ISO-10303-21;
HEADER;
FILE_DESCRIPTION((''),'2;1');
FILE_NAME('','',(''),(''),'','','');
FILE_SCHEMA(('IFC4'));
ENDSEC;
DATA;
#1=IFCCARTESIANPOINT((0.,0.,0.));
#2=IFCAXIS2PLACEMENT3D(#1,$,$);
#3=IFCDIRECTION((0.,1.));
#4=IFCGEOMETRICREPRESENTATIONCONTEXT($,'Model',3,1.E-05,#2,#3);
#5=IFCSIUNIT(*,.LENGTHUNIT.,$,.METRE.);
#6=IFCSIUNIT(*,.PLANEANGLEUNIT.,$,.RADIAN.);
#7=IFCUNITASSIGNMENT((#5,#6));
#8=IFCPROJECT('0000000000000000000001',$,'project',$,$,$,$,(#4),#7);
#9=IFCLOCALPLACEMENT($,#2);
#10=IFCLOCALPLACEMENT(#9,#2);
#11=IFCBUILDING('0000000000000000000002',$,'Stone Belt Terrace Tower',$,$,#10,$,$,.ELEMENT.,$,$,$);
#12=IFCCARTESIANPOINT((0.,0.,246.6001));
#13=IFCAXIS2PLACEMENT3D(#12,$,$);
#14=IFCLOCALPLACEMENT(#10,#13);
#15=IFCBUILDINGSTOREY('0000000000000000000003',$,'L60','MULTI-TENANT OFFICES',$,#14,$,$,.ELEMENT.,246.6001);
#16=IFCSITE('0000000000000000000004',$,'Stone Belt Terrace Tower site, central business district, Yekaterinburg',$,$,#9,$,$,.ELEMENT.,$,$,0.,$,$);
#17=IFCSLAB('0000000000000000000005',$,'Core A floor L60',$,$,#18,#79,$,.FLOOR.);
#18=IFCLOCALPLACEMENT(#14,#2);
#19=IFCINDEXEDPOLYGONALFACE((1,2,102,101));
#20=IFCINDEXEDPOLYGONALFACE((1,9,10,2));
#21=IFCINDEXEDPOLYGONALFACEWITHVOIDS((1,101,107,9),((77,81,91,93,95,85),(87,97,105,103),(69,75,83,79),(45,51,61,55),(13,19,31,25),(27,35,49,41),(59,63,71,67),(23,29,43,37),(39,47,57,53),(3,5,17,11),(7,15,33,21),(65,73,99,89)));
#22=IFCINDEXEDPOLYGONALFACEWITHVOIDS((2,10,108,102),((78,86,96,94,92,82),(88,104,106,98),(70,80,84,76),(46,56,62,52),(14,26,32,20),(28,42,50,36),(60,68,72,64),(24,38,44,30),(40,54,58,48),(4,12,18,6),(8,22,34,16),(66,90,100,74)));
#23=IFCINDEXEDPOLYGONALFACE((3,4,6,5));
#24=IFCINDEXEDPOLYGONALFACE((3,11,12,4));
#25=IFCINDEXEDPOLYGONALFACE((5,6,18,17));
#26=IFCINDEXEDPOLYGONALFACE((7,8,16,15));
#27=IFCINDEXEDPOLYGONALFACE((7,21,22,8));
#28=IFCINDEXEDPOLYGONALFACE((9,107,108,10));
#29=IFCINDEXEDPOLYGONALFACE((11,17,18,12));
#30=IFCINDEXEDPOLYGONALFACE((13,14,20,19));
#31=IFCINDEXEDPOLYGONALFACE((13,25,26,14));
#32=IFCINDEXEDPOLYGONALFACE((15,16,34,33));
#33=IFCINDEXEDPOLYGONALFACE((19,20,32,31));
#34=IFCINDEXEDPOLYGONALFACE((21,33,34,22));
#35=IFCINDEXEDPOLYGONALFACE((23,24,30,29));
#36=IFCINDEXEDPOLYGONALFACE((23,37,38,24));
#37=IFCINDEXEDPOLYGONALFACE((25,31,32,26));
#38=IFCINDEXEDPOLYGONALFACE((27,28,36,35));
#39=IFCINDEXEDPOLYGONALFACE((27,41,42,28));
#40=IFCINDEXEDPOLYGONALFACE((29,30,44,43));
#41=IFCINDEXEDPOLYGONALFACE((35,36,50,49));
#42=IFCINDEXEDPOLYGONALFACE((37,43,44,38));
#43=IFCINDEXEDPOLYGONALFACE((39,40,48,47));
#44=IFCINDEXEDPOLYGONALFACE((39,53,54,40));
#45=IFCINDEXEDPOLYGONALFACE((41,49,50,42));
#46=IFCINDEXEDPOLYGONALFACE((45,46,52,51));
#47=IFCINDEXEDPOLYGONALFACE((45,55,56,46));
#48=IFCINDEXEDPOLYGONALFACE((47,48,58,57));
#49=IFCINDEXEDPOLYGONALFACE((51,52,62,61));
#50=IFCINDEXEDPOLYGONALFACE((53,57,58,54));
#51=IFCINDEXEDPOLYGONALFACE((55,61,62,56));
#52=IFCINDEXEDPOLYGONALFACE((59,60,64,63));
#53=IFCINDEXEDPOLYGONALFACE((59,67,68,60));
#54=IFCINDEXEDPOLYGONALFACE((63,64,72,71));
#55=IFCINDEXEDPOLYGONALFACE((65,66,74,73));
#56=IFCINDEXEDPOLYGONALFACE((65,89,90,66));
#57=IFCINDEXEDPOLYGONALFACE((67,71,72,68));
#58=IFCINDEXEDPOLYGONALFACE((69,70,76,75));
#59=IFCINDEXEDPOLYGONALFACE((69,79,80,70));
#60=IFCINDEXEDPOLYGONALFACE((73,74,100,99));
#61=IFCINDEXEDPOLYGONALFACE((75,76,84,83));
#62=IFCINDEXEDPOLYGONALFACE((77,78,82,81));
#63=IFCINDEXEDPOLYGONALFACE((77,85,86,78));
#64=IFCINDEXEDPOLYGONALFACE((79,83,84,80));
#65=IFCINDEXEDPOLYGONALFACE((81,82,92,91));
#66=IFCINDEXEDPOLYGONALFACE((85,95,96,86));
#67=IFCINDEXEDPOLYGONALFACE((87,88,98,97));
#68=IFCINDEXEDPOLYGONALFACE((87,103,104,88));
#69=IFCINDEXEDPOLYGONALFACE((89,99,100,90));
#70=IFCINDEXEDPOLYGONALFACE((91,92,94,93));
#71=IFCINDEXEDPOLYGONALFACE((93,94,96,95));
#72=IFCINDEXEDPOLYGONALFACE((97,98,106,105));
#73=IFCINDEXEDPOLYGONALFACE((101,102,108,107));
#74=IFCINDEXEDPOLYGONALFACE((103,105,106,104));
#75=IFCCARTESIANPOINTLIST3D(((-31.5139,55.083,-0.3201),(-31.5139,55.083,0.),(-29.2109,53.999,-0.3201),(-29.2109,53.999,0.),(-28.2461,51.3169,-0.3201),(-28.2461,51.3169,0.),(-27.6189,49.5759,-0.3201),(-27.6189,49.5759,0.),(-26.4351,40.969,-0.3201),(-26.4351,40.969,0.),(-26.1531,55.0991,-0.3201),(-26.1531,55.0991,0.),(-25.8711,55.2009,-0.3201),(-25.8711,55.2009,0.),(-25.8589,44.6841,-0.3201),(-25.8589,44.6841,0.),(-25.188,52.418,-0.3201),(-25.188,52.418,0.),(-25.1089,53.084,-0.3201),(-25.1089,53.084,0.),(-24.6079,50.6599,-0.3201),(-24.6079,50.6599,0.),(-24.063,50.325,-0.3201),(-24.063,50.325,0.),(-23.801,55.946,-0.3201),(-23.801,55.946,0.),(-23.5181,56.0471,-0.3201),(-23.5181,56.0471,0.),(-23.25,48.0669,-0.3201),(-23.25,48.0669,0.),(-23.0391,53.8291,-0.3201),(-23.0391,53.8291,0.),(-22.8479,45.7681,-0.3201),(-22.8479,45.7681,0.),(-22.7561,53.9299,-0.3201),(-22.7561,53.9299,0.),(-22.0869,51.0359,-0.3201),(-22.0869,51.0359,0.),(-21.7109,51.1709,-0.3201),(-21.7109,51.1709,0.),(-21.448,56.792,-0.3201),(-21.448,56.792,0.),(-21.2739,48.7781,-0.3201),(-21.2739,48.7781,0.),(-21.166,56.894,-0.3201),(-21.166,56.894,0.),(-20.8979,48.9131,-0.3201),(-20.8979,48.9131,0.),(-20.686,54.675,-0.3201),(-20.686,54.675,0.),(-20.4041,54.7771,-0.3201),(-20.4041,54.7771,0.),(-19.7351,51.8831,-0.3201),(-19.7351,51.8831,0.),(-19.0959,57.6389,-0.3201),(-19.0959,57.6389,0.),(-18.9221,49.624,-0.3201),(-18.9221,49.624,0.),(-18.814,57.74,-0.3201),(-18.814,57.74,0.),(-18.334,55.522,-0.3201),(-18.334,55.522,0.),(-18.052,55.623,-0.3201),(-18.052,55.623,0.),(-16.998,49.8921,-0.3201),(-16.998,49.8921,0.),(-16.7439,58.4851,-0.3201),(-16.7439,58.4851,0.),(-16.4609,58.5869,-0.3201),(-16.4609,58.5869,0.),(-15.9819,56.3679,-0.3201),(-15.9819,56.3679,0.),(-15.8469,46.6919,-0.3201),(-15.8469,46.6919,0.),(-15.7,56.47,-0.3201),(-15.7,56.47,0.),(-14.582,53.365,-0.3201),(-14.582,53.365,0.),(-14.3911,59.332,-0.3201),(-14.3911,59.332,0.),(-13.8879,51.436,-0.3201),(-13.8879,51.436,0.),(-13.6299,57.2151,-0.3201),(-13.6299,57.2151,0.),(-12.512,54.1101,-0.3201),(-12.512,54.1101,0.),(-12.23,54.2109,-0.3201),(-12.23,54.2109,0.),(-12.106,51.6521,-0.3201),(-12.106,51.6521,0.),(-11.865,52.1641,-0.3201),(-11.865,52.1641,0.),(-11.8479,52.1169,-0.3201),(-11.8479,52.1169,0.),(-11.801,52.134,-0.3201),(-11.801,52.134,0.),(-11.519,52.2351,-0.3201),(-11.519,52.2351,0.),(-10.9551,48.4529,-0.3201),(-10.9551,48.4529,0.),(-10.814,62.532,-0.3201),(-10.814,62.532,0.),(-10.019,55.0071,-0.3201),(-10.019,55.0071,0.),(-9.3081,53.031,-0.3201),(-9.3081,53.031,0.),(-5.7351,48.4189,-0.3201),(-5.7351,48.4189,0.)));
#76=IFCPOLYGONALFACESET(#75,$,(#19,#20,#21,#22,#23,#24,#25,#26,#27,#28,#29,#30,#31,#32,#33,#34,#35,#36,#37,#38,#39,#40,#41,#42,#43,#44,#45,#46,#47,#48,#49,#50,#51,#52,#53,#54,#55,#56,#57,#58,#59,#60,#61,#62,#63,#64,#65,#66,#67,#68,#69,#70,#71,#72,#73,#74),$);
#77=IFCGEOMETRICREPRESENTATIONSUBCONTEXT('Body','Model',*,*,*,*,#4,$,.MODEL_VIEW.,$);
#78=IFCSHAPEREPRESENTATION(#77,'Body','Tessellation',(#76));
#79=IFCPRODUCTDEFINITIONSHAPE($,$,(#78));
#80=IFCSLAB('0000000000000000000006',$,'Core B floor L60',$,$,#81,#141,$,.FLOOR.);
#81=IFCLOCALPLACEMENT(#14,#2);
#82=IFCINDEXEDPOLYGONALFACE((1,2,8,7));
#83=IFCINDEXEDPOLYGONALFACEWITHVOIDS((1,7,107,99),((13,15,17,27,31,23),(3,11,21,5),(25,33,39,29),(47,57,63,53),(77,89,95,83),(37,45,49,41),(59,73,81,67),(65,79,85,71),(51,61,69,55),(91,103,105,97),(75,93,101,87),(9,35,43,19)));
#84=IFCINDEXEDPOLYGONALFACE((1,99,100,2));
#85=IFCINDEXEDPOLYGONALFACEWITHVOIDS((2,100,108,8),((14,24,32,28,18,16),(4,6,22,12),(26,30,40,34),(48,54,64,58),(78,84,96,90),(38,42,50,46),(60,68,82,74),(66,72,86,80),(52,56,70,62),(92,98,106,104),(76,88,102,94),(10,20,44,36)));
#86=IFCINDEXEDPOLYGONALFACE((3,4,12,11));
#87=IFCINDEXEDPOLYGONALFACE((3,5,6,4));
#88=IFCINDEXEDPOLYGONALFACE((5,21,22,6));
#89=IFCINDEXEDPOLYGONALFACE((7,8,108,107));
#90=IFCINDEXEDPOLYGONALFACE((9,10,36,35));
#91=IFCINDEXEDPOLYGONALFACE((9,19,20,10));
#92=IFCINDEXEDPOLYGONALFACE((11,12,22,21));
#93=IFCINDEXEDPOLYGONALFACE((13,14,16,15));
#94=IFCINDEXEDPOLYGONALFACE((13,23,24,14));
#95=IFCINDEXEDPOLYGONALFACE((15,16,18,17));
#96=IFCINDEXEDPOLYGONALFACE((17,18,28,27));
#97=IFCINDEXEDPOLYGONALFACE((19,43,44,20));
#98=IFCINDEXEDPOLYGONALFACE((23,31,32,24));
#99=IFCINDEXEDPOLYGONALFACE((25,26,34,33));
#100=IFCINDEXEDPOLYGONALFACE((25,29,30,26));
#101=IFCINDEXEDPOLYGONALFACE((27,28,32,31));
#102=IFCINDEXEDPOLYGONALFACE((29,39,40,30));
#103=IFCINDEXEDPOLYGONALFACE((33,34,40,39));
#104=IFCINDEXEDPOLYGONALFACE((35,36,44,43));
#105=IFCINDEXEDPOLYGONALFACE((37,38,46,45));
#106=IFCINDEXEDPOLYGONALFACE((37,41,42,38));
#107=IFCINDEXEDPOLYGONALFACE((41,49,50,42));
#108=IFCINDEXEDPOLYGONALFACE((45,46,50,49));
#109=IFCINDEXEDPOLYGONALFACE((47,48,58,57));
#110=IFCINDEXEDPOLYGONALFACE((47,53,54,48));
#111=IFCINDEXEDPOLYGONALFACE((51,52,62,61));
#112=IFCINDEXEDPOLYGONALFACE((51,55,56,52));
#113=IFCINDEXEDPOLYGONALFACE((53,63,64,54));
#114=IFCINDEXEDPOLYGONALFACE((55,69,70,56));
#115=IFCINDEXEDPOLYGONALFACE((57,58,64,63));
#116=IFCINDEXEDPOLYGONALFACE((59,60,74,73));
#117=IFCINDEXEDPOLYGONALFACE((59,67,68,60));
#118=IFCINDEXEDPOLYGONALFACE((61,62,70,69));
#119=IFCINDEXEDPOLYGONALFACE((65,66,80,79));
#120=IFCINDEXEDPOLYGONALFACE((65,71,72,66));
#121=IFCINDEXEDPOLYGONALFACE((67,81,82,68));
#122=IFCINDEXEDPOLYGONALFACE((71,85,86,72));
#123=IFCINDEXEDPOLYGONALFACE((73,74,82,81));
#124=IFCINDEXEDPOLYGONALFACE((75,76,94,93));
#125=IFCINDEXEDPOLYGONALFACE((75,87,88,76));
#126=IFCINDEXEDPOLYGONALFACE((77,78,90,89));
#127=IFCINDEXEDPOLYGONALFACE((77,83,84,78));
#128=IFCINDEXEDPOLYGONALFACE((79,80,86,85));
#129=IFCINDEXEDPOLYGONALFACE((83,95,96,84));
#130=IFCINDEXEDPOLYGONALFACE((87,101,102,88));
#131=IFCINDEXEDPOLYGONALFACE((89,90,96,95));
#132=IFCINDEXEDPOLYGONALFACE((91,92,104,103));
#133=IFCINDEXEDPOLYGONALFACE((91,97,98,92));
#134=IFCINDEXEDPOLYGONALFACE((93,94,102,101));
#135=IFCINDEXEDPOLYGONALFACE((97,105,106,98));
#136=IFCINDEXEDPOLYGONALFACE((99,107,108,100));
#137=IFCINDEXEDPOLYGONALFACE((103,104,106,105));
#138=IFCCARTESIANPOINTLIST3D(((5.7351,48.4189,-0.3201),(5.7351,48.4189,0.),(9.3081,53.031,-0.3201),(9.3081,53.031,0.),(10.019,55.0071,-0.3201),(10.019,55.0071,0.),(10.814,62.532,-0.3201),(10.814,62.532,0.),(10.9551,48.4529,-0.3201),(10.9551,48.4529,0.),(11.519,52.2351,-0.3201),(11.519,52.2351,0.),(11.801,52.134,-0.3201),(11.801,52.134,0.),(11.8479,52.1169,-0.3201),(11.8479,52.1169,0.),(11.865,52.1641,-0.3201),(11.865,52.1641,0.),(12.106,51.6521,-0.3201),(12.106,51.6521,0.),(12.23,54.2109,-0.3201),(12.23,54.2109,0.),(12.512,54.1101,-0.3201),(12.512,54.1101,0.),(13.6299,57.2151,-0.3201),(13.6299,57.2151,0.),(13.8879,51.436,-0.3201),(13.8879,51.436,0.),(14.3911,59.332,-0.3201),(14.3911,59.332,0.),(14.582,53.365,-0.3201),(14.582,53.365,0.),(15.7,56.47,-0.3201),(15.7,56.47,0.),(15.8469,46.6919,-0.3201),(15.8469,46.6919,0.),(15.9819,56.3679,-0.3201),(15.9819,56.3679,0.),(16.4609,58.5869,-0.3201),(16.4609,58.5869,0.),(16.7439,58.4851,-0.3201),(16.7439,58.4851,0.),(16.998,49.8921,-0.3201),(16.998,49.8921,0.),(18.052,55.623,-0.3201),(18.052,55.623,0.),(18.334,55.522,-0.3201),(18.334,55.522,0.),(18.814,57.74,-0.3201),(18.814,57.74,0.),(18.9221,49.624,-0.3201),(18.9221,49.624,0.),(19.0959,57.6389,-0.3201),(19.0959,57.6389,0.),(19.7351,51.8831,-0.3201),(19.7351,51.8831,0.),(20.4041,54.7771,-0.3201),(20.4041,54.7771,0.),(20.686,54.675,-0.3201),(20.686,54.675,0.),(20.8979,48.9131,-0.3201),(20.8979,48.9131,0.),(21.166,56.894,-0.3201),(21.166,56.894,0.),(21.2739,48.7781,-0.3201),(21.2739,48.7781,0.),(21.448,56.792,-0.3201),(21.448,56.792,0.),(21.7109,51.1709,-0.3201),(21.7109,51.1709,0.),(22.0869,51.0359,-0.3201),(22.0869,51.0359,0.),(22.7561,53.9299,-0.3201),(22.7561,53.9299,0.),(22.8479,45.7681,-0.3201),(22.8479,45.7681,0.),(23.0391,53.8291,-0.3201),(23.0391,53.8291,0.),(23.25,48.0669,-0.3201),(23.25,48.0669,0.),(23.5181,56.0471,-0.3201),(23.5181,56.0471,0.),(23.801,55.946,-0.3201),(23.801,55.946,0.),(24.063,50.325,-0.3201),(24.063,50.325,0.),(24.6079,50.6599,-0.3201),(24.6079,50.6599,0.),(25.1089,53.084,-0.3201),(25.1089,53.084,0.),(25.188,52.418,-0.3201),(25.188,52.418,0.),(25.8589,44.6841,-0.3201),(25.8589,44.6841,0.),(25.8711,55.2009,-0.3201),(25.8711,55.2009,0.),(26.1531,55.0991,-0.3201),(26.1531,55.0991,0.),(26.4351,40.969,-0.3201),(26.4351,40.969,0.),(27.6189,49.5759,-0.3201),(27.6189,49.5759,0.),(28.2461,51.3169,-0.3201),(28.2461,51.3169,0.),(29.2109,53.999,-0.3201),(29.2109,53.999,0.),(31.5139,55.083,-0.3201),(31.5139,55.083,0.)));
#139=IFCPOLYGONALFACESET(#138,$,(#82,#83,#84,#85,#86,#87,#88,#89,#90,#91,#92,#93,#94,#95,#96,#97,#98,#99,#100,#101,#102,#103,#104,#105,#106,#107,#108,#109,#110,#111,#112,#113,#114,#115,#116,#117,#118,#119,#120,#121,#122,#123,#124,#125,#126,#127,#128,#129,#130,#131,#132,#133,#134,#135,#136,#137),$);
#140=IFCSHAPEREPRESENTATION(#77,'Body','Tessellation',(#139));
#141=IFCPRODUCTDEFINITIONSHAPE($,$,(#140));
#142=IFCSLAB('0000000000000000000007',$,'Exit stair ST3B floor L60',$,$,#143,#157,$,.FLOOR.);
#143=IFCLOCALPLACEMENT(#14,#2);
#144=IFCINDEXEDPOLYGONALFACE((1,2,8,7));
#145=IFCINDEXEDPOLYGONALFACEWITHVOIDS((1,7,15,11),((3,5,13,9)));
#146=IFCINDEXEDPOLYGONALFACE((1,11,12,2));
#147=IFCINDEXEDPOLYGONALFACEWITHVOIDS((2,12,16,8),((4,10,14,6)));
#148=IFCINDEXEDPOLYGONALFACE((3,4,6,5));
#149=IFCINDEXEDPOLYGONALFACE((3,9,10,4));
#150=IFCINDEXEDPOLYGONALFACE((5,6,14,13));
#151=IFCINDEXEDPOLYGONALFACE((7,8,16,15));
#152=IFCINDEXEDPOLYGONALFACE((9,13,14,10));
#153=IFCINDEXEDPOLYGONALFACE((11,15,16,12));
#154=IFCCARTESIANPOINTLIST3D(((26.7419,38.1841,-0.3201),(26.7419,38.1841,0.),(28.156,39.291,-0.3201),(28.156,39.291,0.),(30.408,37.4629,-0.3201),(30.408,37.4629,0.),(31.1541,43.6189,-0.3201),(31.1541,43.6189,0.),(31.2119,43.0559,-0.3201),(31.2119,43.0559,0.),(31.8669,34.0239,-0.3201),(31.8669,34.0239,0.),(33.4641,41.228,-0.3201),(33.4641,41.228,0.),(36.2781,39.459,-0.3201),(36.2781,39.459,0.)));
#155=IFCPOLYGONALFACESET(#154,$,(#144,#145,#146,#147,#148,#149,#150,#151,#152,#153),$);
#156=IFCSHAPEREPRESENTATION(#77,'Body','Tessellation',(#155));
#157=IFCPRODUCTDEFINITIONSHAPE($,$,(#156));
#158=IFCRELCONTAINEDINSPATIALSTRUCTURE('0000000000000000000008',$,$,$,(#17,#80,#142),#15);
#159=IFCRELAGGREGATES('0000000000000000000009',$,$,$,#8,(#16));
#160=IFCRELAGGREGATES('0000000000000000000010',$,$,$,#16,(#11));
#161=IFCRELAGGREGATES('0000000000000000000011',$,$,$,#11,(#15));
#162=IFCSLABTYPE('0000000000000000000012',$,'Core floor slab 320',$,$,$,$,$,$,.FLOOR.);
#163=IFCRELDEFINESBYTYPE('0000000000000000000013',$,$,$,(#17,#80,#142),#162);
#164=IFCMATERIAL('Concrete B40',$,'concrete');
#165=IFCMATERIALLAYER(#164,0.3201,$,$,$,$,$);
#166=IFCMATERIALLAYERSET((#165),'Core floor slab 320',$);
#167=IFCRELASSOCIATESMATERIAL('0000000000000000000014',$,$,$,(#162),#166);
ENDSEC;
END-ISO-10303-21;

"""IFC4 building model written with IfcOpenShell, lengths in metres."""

from ifc_helpers import new_model, si_unit, direction, frame, origin, place, context, subcontext, project, spatial, polyline, outline, extrude, material, layer, layer_set, type_object, element, save


model = new_model("IFC4")

# Units and contexts
model_context = context("Model", 3, precision=1e-05, world=origin(), true_north=direction((0.0, 1.0)))
body_context = subcontext(model_context, "Body", "Model", "MODEL_VIEW")
ifc_project = project(units=[si_unit("LENGTHUNIT", "METRE"), si_unit("PLANEANGLEUNIT", "RADIAN")], contexts=[model_context])

# Site, building, storey
site_placement = place(None, origin())
site = spatial("IfcSite", under=ifc_project, at=site_placement, Name="Stone Belt Terrace Tower site, central business district, Yekaterinburg", CompositionType="ELEMENT", RefElevation=0.0)
building_placement = place(site_placement, origin())
building = spatial("IfcBuilding", under=site, at=building_placement, Name="Stone Belt Terrace Tower", CompositionType="ELEMENT")
storey_placement = place(building_placement, frame((0.0, 0.0, 246.6001)))
storey = spatial("IfcBuildingStorey", under=building, at=storey_placement, Name="L60", Description="MULTI-TENANT OFFICES", CompositionType="ELEMENT", Elevation=246.6001)

# Slabs
ifc_material_1 = material(Name="Concrete B40", Category="concrete")
ifc_layer_1 = layer(ifc_material_1, 0.3201)
ifc_layer_set_1 = layer_set([ifc_layer_1], Name="Core floor slab 320")
slab_type_1 = type_object("IfcSlabType", Name="Core floor slab 320", PredefinedType="FLOOR", material=ifc_layer_set_1)
slab_1_placement = place(storey_placement, frame((0.0, 0.0, -0.3201)))
element("IfcSlab", 1, at=slab_1_placement, inside=storey, type_object=slab_type_1, Name="Core A floor L60", PredefinedType="FLOOR", context=body_context, shape_type="SweptSolid", body=[
    extrude(outline(polyline([(-26.4351, 40.969), (-5.7351, 48.4189), (-10.814, 62.532), (-31.5139, 55.083), (-26.4351, 40.969)]), holes=[polyline([(-24.6079, 50.6599), (-22.8479, 45.7681), (-25.8589, 44.6841), (-27.6189, 49.5759), (-24.6079, 50.6599)]), polyline([(-23.25, 48.0669), (-24.063, 50.325), (-22.0869, 51.0359), (-21.2739, 48.7781), (-23.25, 48.0669)]), polyline([(-20.8979, 48.9131), (-21.7109, 51.1709), (-19.7351, 51.8831), (-18.9221, 49.624), (-20.8979, 48.9131)]), polyline([(-28.2461, 51.3169), (-29.2109, 53.999), (-26.1531, 55.0991), (-25.188, 52.418), (-28.2461, 51.3169)]), polyline([(-23.801, 55.946), (-23.0391, 53.8291), (-25.1089, 53.084), (-25.8711, 55.2009), (-23.801, 55.946)]), polyline([(-21.448, 56.792), (-20.686, 54.675), (-22.7561, 53.9299), (-23.5181, 56.0471), (-21.448, 56.792)]), polyline([(-10.9551, 48.4529), (-15.8469, 46.6919), (-16.998, 49.8921), (-12.106, 51.6521), (-10.9551, 48.4529)]), polyline([(-11.8479, 52.1169), (-11.865, 52.1641), (-13.8879, 51.436), (-14.582, 53.365), (-12.512, 54.1101), (-11.801, 52.134), (-11.8479, 52.1169)]), polyline([(-9.3081, 53.031), (-11.519, 52.2351), (-12.23, 54.2109), (-10.019, 55.0071), (-9.3081, 53.031)]), polyline([(-21.166, 56.894), (-19.0959, 57.6389), (-18.334, 55.522), (-20.4041, 54.7771), (-21.166, 56.894)]), polyline([(-16.7439, 58.4851), (-15.9819, 56.3679), (-18.052, 55.623), (-18.814, 57.74), (-16.7439, 58.4851)]), polyline([(-14.3911, 59.332), (-13.6299, 57.2151), (-15.7, 56.47), (-16.4609, 58.5869), (-14.3911, 59.332)])]), origin(), (0.0, 0.0, 1.0), 0.3201),
])
slab_2_placement = place(storey_placement, frame((0.0, 0.0, -0.3201)))
element("IfcSlab", 2, at=slab_2_placement, inside=storey, type_object=slab_type_1, Name="Core B floor L60", PredefinedType="FLOOR", context=body_context, shape_type="SweptSolid", body=[
    extrude(outline(polyline([(26.4351, 40.969), (31.5139, 55.083), (10.814, 62.532), (5.7351, 48.4189), (26.4351, 40.969)]), holes=[polyline([(12.106, 51.6521), (16.998, 49.8921), (15.8469, 46.6919), (10.9551, 48.4529), (12.106, 51.6521)]), polyline([(12.512, 54.1101), (14.582, 53.365), (13.8879, 51.436), (11.865, 52.1641), (11.8479, 52.1169), (11.801, 52.134), (12.512, 54.1101)]), polyline([(9.3081, 53.031), (10.019, 55.0071), (12.23, 54.2109), (11.519, 52.2351), (9.3081, 53.031)]), polyline([(18.334, 55.522), (19.0959, 57.6389), (21.166, 56.894), (20.4041, 54.7771), (18.334, 55.522)]), polyline([(16.7439, 58.4851), (18.814, 57.74), (18.052, 55.623), (15.9819, 56.3679), (16.7439, 58.4851)]), polyline([(14.3911, 59.332), (16.4609, 58.5869), (15.7, 56.47), (13.6299, 57.2151), (14.3911, 59.332)]), polyline([(27.6189, 49.5759), (25.8589, 44.6841), (22.8479, 45.7681), (24.6079, 50.6599), (27.6189, 49.5759)]), polyline([(23.25, 48.0669), (21.2739, 48.7781), (22.0869, 51.0359), (24.063, 50.325), (23.25, 48.0669)]), polyline([(20.8979, 48.9131), (18.9221, 49.624), (19.7351, 51.8831), (21.7109, 51.1709), (20.8979, 48.9131)]), polyline([(26.1531, 55.0991), (29.2109, 53.999), (28.2461, 51.3169), (25.188, 52.418), (26.1531, 55.0991)]), polyline([(23.801, 55.946), (25.8711, 55.2009), (25.1089, 53.084), (23.0391, 53.8291), (23.801, 55.946)]), polyline([(21.448, 56.792), (23.5181, 56.0471), (22.7561, 53.9299), (20.686, 54.675), (21.448, 56.792)])]), origin(), (0.0, 0.0, 1.0), 0.3201),
])
slab_3_placement = place(storey_placement, frame((0.0, 0.0, -0.3201)))
element("IfcSlab", 3, at=slab_3_placement, inside=storey, type_object=slab_type_1, Name="Exit stair ST3B floor L60", PredefinedType="FLOOR", context=body_context, shape_type="SweptSolid", body=[
    extrude(outline(polyline([(26.7419, 38.1841), (31.8669, 34.0239), (36.2781, 39.459), (31.1541, 43.6189), (26.7419, 38.1841)]), holes=[polyline([(30.408, 37.4629), (28.156, 39.291), (31.2119, 43.0559), (33.4641, 41.228), (30.408, 37.4629)])]), origin(), (0.0, 0.0, 1.0), 0.3201),
])

save(model, "model.ifc")
